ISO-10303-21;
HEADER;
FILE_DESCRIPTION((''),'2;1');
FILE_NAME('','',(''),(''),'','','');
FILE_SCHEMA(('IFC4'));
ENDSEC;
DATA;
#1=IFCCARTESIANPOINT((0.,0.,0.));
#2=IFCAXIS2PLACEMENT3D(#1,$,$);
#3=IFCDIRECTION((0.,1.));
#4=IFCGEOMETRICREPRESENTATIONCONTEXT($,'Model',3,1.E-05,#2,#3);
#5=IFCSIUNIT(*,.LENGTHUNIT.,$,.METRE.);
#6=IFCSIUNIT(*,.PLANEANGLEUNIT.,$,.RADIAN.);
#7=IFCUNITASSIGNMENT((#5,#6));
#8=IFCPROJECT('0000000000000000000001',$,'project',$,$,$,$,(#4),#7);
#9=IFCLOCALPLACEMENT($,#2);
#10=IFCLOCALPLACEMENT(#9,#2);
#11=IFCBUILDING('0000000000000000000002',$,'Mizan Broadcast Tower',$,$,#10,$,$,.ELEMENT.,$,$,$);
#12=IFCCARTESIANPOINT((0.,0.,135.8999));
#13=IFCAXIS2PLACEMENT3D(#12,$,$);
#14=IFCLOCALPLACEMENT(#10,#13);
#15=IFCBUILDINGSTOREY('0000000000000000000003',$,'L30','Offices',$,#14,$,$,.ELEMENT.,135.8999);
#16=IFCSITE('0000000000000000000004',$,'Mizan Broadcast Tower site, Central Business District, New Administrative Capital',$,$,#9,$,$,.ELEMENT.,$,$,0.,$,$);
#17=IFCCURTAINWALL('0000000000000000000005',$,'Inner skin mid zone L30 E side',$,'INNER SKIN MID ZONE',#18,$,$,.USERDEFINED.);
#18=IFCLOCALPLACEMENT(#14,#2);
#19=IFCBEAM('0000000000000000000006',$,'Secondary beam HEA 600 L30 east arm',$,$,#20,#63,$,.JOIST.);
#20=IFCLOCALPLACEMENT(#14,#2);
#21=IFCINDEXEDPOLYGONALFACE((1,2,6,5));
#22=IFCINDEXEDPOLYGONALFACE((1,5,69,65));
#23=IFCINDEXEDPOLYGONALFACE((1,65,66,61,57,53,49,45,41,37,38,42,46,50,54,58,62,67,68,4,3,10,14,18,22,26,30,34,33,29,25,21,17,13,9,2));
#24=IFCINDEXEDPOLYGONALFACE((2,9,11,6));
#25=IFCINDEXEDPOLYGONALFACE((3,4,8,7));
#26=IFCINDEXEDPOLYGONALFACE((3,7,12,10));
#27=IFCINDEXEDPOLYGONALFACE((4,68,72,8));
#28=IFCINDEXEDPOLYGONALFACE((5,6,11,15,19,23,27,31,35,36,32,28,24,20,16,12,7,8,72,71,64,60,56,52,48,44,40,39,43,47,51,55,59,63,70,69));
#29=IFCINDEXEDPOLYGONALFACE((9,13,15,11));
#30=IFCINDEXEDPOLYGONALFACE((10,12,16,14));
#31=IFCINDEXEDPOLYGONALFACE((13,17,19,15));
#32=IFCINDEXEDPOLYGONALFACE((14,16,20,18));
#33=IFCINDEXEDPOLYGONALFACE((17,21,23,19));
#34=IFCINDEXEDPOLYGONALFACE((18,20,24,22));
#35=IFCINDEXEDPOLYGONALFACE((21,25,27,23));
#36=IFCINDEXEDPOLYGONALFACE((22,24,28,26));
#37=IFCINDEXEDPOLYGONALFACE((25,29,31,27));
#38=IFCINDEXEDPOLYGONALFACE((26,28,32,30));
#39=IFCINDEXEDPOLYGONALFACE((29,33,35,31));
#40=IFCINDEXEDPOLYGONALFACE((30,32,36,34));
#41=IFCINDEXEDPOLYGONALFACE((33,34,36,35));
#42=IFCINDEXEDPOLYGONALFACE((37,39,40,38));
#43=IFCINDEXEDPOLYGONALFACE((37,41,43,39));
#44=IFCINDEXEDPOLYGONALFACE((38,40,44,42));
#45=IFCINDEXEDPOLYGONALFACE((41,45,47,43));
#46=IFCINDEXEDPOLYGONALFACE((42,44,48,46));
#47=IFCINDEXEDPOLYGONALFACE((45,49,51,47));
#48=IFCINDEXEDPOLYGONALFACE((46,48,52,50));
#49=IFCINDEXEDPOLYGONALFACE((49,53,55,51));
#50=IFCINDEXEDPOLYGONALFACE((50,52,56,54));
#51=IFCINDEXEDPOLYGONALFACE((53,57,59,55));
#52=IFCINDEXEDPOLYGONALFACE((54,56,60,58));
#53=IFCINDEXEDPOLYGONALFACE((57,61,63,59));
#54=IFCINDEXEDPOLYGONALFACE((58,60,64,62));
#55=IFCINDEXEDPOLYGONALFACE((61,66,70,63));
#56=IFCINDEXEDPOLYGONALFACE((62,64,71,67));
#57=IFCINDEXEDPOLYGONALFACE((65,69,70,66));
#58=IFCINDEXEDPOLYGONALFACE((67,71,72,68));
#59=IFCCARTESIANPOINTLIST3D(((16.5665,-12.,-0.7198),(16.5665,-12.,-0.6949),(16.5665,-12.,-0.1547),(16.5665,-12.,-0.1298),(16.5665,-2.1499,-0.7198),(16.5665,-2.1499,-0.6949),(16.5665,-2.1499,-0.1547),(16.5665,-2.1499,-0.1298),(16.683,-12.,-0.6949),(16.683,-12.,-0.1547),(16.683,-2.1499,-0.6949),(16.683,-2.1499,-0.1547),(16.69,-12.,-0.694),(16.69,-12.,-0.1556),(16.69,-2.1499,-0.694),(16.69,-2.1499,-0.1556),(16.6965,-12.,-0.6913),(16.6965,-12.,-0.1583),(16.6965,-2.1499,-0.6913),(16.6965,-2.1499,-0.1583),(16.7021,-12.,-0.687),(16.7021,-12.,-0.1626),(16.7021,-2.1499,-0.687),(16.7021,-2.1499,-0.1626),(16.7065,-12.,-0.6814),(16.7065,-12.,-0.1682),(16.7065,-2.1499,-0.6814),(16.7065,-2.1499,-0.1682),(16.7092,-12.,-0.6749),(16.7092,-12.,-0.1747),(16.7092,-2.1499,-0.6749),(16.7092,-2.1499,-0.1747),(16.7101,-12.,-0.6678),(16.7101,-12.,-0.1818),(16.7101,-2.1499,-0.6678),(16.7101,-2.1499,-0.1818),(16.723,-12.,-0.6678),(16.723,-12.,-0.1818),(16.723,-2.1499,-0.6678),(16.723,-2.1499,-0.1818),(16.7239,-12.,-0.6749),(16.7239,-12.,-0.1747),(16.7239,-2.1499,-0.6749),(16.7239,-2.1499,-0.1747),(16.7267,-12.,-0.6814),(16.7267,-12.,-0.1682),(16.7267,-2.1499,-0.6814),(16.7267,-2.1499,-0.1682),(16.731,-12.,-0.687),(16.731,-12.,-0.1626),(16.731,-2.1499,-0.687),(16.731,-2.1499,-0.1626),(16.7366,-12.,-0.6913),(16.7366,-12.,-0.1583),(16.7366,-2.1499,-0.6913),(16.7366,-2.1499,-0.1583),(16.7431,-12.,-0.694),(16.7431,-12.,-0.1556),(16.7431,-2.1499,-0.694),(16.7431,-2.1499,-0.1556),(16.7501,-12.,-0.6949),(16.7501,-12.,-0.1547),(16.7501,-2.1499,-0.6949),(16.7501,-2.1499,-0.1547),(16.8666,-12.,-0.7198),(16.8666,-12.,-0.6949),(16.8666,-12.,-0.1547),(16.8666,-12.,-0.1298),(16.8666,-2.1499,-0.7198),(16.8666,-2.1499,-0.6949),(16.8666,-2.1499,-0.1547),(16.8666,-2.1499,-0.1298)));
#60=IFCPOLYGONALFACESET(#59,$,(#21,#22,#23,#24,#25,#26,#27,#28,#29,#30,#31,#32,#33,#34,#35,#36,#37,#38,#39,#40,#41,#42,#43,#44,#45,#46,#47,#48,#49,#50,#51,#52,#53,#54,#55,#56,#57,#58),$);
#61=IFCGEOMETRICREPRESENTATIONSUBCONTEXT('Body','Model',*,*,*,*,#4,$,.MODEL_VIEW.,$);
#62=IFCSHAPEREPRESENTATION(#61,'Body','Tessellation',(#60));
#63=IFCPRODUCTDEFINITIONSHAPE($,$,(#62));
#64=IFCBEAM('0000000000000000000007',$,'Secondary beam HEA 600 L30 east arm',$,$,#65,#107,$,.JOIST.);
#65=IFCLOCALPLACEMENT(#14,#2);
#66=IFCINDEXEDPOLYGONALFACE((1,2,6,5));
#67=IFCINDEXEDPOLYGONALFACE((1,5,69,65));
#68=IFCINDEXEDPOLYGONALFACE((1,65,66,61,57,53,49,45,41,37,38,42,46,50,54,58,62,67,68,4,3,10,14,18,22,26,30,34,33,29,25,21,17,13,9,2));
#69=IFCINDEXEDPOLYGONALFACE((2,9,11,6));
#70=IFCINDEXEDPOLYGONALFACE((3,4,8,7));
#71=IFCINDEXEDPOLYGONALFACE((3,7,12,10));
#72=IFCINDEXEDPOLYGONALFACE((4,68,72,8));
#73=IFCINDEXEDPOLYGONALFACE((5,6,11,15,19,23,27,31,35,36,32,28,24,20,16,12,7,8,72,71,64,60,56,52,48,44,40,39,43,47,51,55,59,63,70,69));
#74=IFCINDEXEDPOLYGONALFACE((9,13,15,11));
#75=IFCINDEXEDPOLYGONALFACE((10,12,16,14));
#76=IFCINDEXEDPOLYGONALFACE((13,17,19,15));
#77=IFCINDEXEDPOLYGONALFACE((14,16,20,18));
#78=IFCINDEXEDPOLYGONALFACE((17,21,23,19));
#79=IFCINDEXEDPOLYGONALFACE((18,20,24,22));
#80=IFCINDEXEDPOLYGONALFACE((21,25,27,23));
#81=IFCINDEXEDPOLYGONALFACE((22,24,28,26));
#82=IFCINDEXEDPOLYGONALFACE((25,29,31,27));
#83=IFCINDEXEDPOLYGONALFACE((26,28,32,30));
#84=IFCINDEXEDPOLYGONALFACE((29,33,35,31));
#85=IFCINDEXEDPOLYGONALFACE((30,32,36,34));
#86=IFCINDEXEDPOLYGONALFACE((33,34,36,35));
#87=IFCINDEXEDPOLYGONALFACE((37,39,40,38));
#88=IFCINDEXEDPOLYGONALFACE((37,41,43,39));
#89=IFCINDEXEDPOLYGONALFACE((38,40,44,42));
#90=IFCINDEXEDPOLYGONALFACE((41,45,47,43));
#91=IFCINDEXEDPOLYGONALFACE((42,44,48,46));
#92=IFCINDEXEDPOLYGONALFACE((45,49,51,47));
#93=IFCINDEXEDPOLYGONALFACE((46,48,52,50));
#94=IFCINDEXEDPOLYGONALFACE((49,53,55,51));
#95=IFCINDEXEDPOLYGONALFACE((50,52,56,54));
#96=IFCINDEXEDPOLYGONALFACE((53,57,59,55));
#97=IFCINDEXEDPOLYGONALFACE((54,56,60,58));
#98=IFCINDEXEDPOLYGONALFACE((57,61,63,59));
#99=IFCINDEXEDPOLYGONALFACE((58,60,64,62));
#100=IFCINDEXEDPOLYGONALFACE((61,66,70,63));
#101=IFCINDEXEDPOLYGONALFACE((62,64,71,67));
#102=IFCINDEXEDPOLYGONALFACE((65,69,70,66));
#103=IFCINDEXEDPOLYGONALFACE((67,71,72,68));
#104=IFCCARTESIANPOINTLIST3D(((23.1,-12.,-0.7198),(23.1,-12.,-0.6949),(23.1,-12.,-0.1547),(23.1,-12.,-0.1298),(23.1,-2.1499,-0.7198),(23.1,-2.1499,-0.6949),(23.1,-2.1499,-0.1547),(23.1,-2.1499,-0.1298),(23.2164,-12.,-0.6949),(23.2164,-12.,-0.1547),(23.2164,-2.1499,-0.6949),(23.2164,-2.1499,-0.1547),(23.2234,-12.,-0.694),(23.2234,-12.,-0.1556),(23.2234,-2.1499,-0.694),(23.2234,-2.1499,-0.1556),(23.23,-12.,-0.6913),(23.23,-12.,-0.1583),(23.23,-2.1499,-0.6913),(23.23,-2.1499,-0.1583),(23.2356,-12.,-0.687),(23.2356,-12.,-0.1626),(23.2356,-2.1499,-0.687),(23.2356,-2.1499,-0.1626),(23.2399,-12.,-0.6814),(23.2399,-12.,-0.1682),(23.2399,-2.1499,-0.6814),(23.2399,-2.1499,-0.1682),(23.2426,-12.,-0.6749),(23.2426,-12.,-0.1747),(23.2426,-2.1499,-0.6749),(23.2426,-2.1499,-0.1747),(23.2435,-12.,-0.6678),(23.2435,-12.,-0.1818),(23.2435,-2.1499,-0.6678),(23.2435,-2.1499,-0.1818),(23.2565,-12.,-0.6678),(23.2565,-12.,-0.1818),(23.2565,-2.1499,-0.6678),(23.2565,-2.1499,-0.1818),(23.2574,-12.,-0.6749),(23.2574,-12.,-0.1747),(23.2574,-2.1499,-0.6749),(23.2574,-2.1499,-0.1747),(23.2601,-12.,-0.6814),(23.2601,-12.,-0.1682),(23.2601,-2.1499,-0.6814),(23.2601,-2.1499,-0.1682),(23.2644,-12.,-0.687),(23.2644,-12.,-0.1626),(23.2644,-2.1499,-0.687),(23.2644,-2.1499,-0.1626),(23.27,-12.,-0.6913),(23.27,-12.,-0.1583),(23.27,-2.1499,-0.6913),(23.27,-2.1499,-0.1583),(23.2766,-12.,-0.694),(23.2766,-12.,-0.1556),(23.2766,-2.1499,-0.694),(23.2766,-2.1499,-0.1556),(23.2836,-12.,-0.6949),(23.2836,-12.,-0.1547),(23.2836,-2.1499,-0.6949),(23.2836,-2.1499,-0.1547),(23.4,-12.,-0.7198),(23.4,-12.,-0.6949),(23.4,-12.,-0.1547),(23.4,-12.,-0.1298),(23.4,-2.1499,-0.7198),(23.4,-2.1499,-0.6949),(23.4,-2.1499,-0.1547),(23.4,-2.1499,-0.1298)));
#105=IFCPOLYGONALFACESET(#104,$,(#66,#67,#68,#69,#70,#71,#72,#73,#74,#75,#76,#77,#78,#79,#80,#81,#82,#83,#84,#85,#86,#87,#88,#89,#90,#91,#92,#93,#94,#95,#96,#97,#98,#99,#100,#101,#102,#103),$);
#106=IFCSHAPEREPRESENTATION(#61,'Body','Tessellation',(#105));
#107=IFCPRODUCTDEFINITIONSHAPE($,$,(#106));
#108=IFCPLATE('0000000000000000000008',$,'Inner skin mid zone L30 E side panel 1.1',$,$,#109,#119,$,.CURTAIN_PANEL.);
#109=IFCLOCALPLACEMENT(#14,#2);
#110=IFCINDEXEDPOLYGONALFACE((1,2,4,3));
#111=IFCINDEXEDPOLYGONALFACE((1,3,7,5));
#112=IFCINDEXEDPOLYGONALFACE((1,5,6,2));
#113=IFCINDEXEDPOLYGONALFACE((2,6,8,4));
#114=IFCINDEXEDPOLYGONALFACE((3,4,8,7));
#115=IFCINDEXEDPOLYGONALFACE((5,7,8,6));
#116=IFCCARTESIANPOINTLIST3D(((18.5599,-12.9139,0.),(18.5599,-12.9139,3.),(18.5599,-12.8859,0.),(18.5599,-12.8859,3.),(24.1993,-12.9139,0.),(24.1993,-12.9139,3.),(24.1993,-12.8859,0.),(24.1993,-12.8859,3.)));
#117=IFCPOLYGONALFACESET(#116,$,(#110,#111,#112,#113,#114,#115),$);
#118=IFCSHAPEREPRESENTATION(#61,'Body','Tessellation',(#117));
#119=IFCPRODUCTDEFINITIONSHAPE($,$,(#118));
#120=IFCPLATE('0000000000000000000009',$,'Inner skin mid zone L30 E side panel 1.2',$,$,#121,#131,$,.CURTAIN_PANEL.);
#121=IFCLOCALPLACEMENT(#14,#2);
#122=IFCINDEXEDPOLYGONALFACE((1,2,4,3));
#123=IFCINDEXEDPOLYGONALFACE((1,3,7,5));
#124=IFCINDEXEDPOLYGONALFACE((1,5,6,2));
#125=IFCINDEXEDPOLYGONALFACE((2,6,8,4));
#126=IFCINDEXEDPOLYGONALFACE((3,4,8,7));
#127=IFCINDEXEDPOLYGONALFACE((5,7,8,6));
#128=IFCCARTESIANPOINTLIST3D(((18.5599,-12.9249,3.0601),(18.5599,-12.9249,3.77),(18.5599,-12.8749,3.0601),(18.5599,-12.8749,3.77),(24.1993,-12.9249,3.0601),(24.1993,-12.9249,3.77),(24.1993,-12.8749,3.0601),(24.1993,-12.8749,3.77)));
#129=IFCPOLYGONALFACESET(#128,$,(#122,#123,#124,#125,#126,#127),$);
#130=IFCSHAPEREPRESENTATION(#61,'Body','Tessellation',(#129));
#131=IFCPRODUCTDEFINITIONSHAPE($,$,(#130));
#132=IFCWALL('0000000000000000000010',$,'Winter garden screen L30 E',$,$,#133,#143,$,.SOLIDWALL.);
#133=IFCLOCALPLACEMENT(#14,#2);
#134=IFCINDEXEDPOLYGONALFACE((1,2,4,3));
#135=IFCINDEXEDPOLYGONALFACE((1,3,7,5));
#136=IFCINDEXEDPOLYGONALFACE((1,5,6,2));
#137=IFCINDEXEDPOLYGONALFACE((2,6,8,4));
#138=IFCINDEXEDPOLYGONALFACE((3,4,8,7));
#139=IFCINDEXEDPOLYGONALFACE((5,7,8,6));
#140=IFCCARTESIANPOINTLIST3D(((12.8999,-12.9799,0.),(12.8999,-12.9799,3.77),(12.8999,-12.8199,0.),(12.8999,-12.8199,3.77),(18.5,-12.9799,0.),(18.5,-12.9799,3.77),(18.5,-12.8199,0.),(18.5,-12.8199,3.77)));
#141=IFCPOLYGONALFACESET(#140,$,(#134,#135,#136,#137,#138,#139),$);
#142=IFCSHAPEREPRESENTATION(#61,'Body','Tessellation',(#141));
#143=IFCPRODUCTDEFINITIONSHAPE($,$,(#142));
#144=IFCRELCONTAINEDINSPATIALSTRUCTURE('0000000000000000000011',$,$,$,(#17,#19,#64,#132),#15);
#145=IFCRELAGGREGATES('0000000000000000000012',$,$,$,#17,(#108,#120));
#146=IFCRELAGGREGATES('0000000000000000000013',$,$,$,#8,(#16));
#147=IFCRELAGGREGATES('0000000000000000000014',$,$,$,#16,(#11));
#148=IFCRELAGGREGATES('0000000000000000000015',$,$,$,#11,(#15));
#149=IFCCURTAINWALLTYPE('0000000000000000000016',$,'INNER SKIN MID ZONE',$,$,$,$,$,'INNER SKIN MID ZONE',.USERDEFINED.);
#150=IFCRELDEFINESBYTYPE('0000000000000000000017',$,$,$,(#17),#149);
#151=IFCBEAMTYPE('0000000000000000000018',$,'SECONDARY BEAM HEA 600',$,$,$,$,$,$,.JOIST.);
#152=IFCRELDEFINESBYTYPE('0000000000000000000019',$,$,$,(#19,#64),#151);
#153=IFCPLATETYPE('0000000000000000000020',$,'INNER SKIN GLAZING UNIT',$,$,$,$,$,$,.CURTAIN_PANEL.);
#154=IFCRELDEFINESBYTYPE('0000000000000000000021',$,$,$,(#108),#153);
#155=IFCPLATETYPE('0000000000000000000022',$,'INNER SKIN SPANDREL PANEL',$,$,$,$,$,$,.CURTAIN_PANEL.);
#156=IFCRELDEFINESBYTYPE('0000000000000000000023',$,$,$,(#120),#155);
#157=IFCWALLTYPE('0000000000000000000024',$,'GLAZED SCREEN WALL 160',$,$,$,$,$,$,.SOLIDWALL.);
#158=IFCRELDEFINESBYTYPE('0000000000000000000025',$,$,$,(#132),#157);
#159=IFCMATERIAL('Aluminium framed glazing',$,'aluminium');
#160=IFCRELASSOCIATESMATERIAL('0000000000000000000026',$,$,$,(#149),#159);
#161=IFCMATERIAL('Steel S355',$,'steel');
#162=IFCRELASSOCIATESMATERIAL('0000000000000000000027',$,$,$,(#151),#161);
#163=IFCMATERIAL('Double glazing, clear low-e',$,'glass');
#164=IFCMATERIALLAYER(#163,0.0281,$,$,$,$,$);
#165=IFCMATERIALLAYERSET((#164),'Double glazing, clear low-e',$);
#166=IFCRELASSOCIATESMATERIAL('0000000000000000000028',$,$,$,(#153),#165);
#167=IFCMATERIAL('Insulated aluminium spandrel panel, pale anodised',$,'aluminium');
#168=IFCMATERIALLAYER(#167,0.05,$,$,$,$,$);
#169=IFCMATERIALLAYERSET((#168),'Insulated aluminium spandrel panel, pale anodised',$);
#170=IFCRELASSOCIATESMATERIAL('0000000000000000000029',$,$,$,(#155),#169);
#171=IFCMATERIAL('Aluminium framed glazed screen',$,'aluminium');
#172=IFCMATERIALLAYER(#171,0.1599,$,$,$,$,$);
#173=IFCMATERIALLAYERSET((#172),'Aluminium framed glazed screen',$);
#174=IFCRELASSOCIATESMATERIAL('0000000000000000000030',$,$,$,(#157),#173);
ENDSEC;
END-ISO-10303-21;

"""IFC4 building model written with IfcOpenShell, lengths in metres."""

from ifc_helpers import new_model, si_unit, direction, frame, frame_2d, origin, origin_2d, place, context, subcontext, project, spatial, rectangle, i_section, extrude, material, layer, layer_set, material_profile, profile_set, type_object, element, aggregate, save


model = new_model("IFC4")

# Units and contexts
model_context = context("Model", 3, precision=1e-05, world=origin(), true_north=direction((0.0, 1.0)))
body_context = subcontext(model_context, "Body", "Model", "MODEL_VIEW")
ifc_project = project(units=[si_unit("LENGTHUNIT", "METRE"), si_unit("PLANEANGLEUNIT", "RADIAN")], contexts=[model_context])

# Site, building, storey
site_placement = place(None, origin())
site = spatial("IfcSite", under=ifc_project, at=site_placement, Name="Mizan Broadcast Tower site, Central Business District, New Administrative Capital", CompositionType="ELEMENT", RefElevation=0.0)
building_placement = place(site_placement, origin())
building = spatial("IfcBuilding", under=site, at=building_placement, Name="Mizan Broadcast Tower", CompositionType="ELEMENT")
storey_placement = place(building_placement, frame((0.0, 0.0, 135.8999)))
storey = spatial("IfcBuildingStorey", under=building, at=storey_placement, Name="L30", Description="Offices", CompositionType="ELEMENT", Elevation=135.8999)

# Curtain wall
ifc_material_1 = material(Name="Aluminium framed glazing", Category="aluminium")
curtain_wall_type = type_object("IfcCurtainWallType", Name="INNER SKIN MID ZONE", ElementType="INNER SKIN MID ZONE", PredefinedType="USERDEFINED", material=ifc_material_1)
curtain_wall_placement = place(storey_placement, origin())
curtain_wall = element("IfcCurtainWall", 1, at=curtain_wall_placement, inside=storey, type_object=curtain_wall_type, Name="Inner skin mid zone L30 E side", ObjectType="INNER SKIN MID ZONE", PredefinedType="USERDEFINED")

# Beams
ifc_material_2 = material(Name="Steel S355", Category="steel")
ifc_material_profile_1 = material_profile(ifc_material_2, i_section(OverallWidth=0.3, OverallDepth=0.5901, WebThickness=0.0129, FlangeThickness=0.0249, FilletRadius=0.0271, at=origin_2d()), Name="HEA 600")
ifc_profile_set_1 = profile_set([ifc_material_profile_1], Name="Steel S355")
beam_type_1 = type_object("IfcBeamType", Name="SECONDARY BEAM HEA 600", PredefinedType="JOIST", material=ifc_profile_set_1)
for number, where, z_axis, x_axis, name in (
    (2, (16.7166, -12.0, -0.4248), (0.0, 1.0, 0.0), (-1.0, 0.0, 0.0), "Secondary beam HEA 600 L30 east arm"),
    (3, (23.25, -12.0, -0.4248), (0.0, 1.0, 0.0), (-1.0, 0.0, 0.0), "Secondary beam HEA 600 L30 east arm"),
):
    element("IfcBeam", number, at=place(storey_placement, frame(where, z_axis=z_axis, x_axis=x_axis)), inside=storey, type_object=beam_type_1, Name=name, PredefinedType="JOIST", context=body_context, shape_type="SweptSolid", body=[
        extrude(i_section(OverallWidth=0.3, OverallDepth=0.5901, WebThickness=0.0129, FlangeThickness=0.0249, FilletRadius=0.0271, at=origin_2d()), origin(), (0.0, 0.0, 1.0), 9.8501),
    ])

# Plates
ifc_material_3 = material(Name="Double glazing, clear low-e", Category="glass")
ifc_layer_1 = layer(ifc_material_3, 0.0281)
ifc_layer_set_1 = layer_set([ifc_layer_1], Name="Double glazing, clear low-e")
plate_type_1 = type_object("IfcPlateType", Name="INNER SKIN GLAZING UNIT", PredefinedType="CURTAIN_PANEL", material=ifc_layer_set_1)
plate_1_placement = place(storey_placement, frame((21.3796, -12.8999, 0.0), z_axis=(0.0, 0.0, 1.0), x_axis=(1.0, 0.0, 0.0)))
plate_1 = element("IfcPlate", 4, at=plate_1_placement, type_object=plate_type_1, Name="Inner skin mid zone L30 E side panel 1.1", PredefinedType="CURTAIN_PANEL", context=body_context, shape_type="SweptSolid", body=[
    extrude(rectangle(XDim=5.6394, YDim=0.0281, at=origin_2d()), origin(), (0.0, 0.0, 1.0), 3.0),
])
ifc_material_4 = material(Name="Insulated aluminium spandrel panel, pale anodised", Category="aluminium")
ifc_layer_2 = layer(ifc_material_4, 0.05)
ifc_layer_set_2 = layer_set([ifc_layer_2], Name="Insulated aluminium spandrel panel, pale anodised")
plate_type_2 = type_object("IfcPlateType", Name="INNER SKIN SPANDREL PANEL", PredefinedType="CURTAIN_PANEL", material=ifc_layer_set_2)
plate_2_placement = place(storey_placement, frame((21.3796, -12.8999, 3.0601), z_axis=(0.0, 0.0, 1.0), x_axis=(1.0, 0.0, 0.0)))
plate_2 = element("IfcPlate", 5, at=plate_2_placement, type_object=plate_type_2, Name="Inner skin mid zone L30 E side panel 1.2", PredefinedType="CURTAIN_PANEL", context=body_context, shape_type="SweptSolid", body=[
    extrude(rectangle(XDim=5.6394, YDim=0.05, at=origin_2d()), origin(), (0.0, 0.0, 1.0), 0.71),
])
aggregate(curtain_wall, [plate_1, plate_2])

# Wall
ifc_material_5 = material(Name="Aluminium framed glazed screen", Category="aluminium")
ifc_layer_3 = layer(ifc_material_5, 0.1599)
ifc_layer_set_3 = layer_set([ifc_layer_3], Name="Aluminium framed glazed screen")
wall_type_1 = type_object("IfcWallType", Name="GLAZED SCREEN WALL 160", PredefinedType="SOLIDWALL", material=ifc_layer_set_3)
wall_1_placement = place(storey_placement, frame((12.8999, -12.8999, 0.0), z_axis=(0.0, 0.0, 1.0), x_axis=(1.0, 0.0, 0.0)))
element("IfcWall", 6, at=wall_1_placement, inside=storey, type_object=wall_type_1, Name="Winter garden screen L30 E", PredefinedType="SOLIDWALL", context=body_context, shape_type="SweptSolid", body=[
    extrude(rectangle(XDim=5.6001, YDim=0.1599, at=frame_2d((2.8, 0.0))), origin(), (0.0, 0.0, 1.0), 3.77),
])

save(model, "model.ifc")
